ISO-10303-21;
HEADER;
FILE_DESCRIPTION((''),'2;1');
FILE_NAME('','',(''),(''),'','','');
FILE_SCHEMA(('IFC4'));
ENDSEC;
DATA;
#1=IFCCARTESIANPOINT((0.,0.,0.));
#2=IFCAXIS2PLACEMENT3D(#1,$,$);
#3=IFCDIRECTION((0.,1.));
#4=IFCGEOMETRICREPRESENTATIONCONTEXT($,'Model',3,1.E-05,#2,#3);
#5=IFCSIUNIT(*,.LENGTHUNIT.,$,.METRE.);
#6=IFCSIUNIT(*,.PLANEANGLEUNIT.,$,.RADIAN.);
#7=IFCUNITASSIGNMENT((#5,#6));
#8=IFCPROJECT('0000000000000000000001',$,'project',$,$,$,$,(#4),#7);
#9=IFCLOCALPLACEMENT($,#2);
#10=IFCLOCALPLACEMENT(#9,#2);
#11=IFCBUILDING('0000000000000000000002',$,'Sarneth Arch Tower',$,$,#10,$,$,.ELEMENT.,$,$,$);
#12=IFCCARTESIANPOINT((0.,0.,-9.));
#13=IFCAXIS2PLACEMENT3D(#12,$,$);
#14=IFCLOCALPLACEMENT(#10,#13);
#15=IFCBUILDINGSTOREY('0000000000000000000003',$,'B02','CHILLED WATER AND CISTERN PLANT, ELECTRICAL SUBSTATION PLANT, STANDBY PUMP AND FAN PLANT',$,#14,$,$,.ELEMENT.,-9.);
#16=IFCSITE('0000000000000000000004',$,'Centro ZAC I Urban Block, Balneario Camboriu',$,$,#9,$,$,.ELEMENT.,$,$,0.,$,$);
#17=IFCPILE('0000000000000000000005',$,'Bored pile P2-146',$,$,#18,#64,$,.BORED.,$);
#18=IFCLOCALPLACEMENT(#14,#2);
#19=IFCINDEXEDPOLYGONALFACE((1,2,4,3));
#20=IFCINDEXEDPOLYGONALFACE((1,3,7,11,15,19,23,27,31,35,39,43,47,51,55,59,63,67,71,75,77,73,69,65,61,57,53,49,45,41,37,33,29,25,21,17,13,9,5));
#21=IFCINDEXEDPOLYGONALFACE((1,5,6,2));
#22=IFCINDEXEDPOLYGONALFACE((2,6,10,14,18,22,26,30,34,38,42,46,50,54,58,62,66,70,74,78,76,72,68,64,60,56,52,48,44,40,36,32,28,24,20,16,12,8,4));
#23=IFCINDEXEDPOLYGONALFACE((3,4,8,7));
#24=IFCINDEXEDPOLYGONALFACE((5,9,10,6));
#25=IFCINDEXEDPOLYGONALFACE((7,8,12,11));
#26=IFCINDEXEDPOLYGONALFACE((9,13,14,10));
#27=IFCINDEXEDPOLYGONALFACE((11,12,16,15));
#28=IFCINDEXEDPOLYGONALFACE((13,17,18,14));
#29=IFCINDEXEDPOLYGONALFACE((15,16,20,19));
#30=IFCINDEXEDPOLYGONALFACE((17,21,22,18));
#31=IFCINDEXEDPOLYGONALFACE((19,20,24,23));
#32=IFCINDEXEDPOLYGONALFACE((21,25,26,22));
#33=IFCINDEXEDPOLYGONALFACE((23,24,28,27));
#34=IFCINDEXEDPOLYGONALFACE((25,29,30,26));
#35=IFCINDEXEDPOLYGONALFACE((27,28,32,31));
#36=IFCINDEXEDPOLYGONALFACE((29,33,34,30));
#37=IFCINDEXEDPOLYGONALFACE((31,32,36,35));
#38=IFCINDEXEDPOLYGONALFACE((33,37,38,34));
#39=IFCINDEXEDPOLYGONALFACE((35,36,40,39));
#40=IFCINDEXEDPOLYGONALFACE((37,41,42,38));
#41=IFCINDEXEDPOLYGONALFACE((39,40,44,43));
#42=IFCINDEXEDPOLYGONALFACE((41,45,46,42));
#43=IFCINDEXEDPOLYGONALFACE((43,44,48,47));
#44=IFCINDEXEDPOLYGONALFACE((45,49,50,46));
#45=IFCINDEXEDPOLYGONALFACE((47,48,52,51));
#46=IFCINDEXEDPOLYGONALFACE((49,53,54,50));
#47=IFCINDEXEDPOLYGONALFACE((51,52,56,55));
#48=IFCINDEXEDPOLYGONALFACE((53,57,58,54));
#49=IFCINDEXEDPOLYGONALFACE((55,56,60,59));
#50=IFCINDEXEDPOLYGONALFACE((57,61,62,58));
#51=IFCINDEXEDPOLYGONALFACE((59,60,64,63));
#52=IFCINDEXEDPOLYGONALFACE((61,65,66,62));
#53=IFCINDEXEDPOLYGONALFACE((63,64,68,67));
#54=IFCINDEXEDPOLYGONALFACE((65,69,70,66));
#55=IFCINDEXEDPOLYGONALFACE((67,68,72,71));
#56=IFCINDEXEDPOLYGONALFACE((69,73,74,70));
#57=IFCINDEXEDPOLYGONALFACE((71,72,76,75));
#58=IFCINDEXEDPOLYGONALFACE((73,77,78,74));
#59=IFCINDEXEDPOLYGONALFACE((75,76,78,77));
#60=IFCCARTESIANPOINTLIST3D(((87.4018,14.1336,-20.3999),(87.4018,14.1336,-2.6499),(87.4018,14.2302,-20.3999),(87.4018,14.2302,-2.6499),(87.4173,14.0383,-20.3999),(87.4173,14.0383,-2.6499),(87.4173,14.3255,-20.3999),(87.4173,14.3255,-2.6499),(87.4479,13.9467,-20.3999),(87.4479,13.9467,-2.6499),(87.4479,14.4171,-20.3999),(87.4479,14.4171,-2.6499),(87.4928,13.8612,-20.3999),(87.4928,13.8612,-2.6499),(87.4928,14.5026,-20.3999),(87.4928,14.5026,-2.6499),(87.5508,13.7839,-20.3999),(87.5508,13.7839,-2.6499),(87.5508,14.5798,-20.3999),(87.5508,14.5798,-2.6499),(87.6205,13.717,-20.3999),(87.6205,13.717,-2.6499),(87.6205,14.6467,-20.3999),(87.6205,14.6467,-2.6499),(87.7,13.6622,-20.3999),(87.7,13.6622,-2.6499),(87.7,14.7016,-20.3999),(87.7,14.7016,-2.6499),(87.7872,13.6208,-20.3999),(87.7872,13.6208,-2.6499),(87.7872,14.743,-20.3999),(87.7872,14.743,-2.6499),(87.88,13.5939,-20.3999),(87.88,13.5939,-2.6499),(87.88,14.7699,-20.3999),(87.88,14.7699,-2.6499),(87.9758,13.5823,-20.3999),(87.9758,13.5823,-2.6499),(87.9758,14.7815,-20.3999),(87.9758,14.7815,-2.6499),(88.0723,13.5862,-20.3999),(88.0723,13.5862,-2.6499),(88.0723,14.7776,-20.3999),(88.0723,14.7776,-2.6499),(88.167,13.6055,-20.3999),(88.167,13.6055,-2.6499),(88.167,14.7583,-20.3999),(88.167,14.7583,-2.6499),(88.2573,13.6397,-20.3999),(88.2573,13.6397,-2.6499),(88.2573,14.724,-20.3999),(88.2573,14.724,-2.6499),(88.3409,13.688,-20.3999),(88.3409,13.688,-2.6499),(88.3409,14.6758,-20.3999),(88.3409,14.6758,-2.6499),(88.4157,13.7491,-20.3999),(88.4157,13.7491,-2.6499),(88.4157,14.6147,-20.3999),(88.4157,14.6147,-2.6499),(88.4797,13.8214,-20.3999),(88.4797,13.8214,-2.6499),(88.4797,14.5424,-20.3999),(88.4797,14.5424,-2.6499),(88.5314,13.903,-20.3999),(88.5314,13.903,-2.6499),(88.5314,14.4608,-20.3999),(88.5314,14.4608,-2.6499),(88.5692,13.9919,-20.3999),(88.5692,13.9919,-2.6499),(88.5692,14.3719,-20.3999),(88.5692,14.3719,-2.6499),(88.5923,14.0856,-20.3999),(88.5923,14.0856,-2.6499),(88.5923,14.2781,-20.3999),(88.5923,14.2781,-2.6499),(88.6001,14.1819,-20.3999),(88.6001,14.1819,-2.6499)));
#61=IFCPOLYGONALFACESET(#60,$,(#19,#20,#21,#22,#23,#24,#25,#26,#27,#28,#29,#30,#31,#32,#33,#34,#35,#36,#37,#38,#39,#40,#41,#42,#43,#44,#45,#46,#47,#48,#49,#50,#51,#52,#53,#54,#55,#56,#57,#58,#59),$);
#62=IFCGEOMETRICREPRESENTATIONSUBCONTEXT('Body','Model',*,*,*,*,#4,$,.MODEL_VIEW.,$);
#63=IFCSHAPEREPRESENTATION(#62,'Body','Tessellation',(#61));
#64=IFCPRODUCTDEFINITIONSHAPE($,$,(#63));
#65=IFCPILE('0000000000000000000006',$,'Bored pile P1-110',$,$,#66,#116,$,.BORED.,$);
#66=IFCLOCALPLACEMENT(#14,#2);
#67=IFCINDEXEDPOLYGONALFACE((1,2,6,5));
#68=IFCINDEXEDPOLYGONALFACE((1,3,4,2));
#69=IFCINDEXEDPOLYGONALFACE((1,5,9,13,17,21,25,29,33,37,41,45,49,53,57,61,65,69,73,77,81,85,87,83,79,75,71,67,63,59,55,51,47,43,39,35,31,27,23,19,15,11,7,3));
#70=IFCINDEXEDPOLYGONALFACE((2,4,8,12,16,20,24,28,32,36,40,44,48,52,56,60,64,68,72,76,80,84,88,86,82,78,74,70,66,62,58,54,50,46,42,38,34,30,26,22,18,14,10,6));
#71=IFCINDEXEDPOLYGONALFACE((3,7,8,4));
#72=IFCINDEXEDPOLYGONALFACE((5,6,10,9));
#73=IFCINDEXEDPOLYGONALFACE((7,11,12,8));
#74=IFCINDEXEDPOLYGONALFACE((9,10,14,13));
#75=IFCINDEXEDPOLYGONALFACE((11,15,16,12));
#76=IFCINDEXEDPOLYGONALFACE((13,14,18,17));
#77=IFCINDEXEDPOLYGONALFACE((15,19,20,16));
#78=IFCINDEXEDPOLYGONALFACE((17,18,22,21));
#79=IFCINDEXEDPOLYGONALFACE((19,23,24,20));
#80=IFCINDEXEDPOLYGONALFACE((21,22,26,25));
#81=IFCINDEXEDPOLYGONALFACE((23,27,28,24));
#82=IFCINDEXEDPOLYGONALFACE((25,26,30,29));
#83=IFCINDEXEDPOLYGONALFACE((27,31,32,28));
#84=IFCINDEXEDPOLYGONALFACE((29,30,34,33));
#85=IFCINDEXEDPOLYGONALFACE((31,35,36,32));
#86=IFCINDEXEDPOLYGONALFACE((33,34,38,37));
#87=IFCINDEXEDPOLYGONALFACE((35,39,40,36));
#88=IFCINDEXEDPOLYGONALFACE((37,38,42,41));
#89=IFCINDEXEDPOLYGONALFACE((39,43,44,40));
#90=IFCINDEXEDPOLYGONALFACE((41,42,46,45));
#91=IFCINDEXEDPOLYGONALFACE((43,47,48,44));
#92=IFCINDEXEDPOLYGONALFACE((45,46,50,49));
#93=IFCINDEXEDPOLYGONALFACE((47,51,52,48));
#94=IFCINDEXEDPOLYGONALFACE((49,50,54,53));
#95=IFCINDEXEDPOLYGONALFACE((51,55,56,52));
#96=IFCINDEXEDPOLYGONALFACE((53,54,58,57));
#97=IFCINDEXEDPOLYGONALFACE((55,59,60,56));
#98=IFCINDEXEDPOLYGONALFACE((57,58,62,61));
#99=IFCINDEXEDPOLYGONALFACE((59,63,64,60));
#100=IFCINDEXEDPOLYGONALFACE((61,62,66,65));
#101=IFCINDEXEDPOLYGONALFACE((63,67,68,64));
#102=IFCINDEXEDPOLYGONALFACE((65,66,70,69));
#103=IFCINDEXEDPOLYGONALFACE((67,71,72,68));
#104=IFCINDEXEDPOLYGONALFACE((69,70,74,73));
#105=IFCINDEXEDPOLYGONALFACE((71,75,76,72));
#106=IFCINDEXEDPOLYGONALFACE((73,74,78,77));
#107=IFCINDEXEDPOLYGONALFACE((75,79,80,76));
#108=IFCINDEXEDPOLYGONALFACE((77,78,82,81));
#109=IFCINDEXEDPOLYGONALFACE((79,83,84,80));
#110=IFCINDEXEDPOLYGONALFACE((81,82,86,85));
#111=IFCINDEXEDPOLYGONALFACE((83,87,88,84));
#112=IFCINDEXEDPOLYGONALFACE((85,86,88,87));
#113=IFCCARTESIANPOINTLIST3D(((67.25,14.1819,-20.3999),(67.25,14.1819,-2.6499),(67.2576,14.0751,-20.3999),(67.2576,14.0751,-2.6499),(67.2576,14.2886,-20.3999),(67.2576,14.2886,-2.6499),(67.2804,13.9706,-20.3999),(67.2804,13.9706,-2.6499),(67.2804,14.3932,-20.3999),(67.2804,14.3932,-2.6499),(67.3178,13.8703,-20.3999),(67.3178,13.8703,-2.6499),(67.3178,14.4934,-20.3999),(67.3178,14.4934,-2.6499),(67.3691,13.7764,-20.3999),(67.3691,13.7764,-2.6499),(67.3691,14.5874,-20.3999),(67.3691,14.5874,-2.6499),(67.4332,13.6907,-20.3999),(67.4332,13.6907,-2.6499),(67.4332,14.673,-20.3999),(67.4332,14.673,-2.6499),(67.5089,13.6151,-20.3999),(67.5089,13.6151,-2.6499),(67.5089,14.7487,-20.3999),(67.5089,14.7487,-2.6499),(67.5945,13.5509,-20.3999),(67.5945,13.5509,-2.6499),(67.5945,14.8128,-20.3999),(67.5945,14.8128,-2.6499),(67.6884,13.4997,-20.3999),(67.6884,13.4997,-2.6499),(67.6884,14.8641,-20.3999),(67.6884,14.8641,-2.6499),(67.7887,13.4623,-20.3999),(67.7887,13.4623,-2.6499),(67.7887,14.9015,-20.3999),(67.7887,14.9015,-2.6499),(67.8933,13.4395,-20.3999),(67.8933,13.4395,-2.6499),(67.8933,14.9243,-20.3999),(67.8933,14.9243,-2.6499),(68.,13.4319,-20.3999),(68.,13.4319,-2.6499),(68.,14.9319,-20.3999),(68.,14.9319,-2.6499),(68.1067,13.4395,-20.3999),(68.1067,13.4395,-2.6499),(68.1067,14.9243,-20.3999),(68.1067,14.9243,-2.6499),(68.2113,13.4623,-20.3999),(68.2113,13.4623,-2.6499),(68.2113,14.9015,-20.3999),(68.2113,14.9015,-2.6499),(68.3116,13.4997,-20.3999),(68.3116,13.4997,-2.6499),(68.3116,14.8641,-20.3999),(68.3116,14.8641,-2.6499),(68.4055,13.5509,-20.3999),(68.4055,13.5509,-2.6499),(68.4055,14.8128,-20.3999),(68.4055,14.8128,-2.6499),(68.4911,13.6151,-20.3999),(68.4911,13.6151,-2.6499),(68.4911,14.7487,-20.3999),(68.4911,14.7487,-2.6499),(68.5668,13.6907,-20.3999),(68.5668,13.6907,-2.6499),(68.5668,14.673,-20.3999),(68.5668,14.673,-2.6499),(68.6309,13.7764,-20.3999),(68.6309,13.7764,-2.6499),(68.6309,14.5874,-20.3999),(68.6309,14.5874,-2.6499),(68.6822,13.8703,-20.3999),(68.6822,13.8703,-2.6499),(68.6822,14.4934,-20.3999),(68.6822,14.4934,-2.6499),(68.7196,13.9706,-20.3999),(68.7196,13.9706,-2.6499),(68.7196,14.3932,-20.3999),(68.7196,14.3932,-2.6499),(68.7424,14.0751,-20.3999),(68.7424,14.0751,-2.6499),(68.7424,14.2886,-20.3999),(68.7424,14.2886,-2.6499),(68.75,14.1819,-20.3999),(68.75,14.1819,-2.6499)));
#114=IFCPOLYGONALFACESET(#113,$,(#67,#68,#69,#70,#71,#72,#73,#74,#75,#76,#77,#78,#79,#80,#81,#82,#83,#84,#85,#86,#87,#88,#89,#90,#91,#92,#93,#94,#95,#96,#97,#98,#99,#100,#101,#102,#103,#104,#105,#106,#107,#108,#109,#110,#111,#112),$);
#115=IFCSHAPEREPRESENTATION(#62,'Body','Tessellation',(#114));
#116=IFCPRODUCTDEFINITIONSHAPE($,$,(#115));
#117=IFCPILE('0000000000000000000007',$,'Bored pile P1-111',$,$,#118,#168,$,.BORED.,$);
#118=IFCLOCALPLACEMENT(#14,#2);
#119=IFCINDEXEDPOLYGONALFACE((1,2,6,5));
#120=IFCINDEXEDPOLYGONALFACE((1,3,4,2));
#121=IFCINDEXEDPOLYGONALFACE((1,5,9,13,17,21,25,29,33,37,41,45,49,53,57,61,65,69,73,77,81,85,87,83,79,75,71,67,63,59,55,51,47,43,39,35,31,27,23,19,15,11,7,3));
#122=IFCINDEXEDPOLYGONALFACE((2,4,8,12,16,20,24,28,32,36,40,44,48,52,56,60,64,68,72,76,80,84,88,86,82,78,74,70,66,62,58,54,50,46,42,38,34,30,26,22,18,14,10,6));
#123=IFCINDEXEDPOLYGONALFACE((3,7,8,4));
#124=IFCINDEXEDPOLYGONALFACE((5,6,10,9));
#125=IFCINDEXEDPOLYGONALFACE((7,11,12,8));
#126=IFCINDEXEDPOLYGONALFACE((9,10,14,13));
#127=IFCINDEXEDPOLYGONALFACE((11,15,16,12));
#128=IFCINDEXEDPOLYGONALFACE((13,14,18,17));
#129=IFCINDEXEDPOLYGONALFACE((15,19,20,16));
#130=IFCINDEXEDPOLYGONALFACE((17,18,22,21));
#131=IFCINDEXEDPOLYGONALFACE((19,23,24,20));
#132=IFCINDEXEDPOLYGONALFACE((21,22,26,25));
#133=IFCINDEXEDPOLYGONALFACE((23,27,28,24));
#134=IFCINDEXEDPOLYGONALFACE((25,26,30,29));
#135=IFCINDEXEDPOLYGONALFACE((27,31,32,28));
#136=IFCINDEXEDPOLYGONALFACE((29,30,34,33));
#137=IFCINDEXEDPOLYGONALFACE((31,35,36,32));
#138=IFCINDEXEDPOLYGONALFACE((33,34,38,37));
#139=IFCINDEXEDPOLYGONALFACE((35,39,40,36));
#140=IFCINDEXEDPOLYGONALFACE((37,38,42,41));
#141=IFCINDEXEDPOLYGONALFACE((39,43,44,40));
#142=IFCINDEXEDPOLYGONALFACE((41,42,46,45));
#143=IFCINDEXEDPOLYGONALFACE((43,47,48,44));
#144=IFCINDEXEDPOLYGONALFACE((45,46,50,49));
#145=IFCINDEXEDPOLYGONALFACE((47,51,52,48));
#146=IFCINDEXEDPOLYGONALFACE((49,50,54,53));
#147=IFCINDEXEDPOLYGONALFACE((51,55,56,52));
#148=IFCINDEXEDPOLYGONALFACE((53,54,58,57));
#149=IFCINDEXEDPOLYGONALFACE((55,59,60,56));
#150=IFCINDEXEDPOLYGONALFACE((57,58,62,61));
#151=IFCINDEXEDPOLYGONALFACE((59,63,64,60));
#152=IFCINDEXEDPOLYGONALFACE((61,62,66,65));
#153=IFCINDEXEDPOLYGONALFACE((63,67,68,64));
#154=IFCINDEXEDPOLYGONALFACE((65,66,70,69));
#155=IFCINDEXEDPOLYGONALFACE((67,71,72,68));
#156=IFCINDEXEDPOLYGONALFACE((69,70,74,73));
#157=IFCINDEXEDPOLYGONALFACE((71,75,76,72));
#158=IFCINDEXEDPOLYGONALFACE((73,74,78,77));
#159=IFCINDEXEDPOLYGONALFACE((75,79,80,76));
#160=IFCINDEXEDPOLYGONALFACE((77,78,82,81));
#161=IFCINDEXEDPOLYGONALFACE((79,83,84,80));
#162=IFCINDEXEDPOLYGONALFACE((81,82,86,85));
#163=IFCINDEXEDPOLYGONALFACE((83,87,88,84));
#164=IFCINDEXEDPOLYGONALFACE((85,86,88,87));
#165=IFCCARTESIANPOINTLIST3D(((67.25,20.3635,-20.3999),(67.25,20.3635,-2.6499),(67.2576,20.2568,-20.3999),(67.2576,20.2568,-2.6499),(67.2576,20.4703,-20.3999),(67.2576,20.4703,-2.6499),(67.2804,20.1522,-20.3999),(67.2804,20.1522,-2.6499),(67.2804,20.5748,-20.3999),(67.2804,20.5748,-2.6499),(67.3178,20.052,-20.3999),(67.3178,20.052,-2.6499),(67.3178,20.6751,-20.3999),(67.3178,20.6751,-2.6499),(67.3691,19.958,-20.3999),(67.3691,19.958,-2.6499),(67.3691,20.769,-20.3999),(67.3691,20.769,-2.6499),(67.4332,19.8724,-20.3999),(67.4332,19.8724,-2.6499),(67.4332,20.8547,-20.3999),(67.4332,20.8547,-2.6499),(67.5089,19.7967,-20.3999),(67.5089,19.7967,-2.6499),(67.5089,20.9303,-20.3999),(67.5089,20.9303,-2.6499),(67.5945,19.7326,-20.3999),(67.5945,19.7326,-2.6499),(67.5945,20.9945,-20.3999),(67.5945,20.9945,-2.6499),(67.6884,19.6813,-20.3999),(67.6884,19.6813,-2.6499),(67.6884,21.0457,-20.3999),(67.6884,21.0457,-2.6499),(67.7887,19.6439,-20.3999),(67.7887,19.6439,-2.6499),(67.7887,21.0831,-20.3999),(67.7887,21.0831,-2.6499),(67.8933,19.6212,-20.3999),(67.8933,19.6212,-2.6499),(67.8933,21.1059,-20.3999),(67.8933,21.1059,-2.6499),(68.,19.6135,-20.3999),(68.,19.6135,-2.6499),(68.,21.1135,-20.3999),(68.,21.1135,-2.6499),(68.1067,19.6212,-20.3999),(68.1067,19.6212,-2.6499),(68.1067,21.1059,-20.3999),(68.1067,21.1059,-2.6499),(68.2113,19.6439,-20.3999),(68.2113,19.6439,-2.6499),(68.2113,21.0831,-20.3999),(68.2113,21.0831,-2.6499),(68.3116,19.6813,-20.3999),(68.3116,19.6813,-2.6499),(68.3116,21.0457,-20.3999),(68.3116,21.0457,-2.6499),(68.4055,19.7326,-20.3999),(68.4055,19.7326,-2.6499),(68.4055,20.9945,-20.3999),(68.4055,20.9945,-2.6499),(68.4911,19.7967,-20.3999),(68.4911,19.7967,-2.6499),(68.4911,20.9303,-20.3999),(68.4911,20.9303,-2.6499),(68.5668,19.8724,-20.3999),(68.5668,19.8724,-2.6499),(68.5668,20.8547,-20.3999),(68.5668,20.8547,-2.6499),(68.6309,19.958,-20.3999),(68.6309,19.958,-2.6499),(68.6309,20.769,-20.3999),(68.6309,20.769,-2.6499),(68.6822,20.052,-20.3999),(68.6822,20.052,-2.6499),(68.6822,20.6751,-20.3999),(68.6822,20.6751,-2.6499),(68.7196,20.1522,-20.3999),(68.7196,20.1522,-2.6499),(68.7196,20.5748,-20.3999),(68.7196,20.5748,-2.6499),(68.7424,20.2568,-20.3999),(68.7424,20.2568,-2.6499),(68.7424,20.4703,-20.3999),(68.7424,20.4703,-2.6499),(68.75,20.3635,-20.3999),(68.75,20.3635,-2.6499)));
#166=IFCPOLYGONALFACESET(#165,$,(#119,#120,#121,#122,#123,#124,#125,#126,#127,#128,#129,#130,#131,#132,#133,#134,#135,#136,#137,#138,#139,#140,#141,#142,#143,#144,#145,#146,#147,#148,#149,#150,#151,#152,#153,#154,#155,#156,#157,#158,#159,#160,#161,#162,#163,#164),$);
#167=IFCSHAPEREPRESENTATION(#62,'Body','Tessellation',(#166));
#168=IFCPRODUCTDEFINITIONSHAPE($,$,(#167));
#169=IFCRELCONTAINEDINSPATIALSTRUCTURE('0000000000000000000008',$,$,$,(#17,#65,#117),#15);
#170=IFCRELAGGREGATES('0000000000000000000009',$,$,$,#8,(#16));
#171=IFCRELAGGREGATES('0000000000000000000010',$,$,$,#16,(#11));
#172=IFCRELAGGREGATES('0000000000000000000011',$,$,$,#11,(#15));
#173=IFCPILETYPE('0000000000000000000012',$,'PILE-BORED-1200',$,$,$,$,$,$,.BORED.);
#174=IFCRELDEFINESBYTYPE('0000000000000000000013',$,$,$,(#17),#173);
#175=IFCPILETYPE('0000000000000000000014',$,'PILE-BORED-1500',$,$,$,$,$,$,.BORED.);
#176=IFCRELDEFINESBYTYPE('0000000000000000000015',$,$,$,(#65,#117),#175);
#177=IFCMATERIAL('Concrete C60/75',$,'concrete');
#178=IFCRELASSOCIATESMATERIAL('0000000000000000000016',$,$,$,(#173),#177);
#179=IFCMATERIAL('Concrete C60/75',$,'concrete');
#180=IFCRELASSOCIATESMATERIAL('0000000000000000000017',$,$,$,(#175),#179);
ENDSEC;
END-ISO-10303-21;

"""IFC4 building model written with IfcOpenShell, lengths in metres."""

from ifc_helpers import new_model, si_unit, direction, frame, origin, origin_2d, place, context, subcontext, project, spatial, circle, extrude, material, material_profile, profile_set, type_object, element, save


model = new_model("IFC4")

# Units and contexts
model_context = context("Model", 3, precision=1e-05, world=origin(), true_north=direction((0.0, 1.0)))
body_context = subcontext(model_context, "Body", "Model", "MODEL_VIEW")
ifc_project = project(units=[si_unit("LENGTHUNIT", "METRE"), si_unit("PLANEANGLEUNIT", "RADIAN")], contexts=[model_context])

# Site, building, storey
site_placement = place(None, origin())
site = spatial("IfcSite", under=ifc_project, at=site_placement, Name="Centro ZAC I Urban Block, Balneario Camboriu", CompositionType="ELEMENT", RefElevation=0.0)
building_placement = place(site_placement, origin())
building = spatial("IfcBuilding", under=site, at=building_placement, Name="Sarneth Arch Tower", CompositionType="ELEMENT")
storey_placement = place(building_placement, frame((0.0, 0.0, -9.0)))
storey = spatial("IfcBuildingStorey", under=building, at=storey_placement, Name="B02", Description="CHILLED WATER AND CISTERN PLANT, ELECTRICAL SUBSTATION PLANT, STANDBY PUMP AND FAN PLANT", CompositionType="ELEMENT", Elevation=-9.0)

# Piles
ifc_material_1 = material(Name="Concrete C60/75", Category="concrete")
ifc_material_profile_1 = material_profile(ifc_material_1, circle(Radius=0.6001, at=origin_2d()), Name="PILE-D1200")
ifc_profile_set_1 = profile_set([ifc_material_profile_1], Name="Concrete C60/75")
pile_type_1 = type_object("IfcPileType", Name="PILE-BORED-1200", PredefinedType="BORED", material=ifc_profile_set_1)
for number, where, z_axis, x_axis, name in (
    (1, (88.0, 14.1819, -2.6499), (0.0, 0.0, -1.0), (1.0, 0.0, 0.0), "Bored pile P2-146"),
):
    element("IfcPile", number, at=place(storey_placement, frame(where, z_axis=z_axis, x_axis=x_axis)), inside=storey, type_object=pile_type_1, Name=name, PredefinedType="BORED", context=body_context, shape_type="SweptSolid", body=[
        extrude(circle(Radius=0.6001, at=origin_2d()), origin(), (0.0, 0.0, 1.0), 17.75),
    ])
ifc_material_2 = material(Name="Concrete C60/75", Category="concrete")
ifc_material_profile_2 = material_profile(ifc_material_2, circle(Radius=0.75, at=origin_2d()), Name="PILE-D1500")
ifc_profile_set_2 = profile_set([ifc_material_profile_2], Name="Concrete C60/75")
pile_type_2 = type_object("IfcPileType", Name="PILE-BORED-1500", PredefinedType="BORED", material=ifc_profile_set_2)
for number, where, z_axis, x_axis, name in (
    (2, (68.0, 14.1819, -2.6499), (0.0, 0.0, -1.0), (1.0, 0.0, 0.0), "Bored pile P1-110"),
    (3, (68.0, 20.3635, -2.6499), (0.0, 0.0, -1.0), (1.0, 0.0, 0.0), "Bored pile P1-111"),
):
    element("IfcPile", number, at=place(storey_placement, frame(where, z_axis=z_axis, x_axis=x_axis)), inside=storey, type_object=pile_type_2, Name=name, PredefinedType="BORED", context=body_context, shape_type="SweptSolid", body=[
        extrude(circle(Radius=0.75, at=origin_2d()), origin(), (0.0, 0.0, 1.0), 17.75),
    ])

save(model, "model.ifc")
